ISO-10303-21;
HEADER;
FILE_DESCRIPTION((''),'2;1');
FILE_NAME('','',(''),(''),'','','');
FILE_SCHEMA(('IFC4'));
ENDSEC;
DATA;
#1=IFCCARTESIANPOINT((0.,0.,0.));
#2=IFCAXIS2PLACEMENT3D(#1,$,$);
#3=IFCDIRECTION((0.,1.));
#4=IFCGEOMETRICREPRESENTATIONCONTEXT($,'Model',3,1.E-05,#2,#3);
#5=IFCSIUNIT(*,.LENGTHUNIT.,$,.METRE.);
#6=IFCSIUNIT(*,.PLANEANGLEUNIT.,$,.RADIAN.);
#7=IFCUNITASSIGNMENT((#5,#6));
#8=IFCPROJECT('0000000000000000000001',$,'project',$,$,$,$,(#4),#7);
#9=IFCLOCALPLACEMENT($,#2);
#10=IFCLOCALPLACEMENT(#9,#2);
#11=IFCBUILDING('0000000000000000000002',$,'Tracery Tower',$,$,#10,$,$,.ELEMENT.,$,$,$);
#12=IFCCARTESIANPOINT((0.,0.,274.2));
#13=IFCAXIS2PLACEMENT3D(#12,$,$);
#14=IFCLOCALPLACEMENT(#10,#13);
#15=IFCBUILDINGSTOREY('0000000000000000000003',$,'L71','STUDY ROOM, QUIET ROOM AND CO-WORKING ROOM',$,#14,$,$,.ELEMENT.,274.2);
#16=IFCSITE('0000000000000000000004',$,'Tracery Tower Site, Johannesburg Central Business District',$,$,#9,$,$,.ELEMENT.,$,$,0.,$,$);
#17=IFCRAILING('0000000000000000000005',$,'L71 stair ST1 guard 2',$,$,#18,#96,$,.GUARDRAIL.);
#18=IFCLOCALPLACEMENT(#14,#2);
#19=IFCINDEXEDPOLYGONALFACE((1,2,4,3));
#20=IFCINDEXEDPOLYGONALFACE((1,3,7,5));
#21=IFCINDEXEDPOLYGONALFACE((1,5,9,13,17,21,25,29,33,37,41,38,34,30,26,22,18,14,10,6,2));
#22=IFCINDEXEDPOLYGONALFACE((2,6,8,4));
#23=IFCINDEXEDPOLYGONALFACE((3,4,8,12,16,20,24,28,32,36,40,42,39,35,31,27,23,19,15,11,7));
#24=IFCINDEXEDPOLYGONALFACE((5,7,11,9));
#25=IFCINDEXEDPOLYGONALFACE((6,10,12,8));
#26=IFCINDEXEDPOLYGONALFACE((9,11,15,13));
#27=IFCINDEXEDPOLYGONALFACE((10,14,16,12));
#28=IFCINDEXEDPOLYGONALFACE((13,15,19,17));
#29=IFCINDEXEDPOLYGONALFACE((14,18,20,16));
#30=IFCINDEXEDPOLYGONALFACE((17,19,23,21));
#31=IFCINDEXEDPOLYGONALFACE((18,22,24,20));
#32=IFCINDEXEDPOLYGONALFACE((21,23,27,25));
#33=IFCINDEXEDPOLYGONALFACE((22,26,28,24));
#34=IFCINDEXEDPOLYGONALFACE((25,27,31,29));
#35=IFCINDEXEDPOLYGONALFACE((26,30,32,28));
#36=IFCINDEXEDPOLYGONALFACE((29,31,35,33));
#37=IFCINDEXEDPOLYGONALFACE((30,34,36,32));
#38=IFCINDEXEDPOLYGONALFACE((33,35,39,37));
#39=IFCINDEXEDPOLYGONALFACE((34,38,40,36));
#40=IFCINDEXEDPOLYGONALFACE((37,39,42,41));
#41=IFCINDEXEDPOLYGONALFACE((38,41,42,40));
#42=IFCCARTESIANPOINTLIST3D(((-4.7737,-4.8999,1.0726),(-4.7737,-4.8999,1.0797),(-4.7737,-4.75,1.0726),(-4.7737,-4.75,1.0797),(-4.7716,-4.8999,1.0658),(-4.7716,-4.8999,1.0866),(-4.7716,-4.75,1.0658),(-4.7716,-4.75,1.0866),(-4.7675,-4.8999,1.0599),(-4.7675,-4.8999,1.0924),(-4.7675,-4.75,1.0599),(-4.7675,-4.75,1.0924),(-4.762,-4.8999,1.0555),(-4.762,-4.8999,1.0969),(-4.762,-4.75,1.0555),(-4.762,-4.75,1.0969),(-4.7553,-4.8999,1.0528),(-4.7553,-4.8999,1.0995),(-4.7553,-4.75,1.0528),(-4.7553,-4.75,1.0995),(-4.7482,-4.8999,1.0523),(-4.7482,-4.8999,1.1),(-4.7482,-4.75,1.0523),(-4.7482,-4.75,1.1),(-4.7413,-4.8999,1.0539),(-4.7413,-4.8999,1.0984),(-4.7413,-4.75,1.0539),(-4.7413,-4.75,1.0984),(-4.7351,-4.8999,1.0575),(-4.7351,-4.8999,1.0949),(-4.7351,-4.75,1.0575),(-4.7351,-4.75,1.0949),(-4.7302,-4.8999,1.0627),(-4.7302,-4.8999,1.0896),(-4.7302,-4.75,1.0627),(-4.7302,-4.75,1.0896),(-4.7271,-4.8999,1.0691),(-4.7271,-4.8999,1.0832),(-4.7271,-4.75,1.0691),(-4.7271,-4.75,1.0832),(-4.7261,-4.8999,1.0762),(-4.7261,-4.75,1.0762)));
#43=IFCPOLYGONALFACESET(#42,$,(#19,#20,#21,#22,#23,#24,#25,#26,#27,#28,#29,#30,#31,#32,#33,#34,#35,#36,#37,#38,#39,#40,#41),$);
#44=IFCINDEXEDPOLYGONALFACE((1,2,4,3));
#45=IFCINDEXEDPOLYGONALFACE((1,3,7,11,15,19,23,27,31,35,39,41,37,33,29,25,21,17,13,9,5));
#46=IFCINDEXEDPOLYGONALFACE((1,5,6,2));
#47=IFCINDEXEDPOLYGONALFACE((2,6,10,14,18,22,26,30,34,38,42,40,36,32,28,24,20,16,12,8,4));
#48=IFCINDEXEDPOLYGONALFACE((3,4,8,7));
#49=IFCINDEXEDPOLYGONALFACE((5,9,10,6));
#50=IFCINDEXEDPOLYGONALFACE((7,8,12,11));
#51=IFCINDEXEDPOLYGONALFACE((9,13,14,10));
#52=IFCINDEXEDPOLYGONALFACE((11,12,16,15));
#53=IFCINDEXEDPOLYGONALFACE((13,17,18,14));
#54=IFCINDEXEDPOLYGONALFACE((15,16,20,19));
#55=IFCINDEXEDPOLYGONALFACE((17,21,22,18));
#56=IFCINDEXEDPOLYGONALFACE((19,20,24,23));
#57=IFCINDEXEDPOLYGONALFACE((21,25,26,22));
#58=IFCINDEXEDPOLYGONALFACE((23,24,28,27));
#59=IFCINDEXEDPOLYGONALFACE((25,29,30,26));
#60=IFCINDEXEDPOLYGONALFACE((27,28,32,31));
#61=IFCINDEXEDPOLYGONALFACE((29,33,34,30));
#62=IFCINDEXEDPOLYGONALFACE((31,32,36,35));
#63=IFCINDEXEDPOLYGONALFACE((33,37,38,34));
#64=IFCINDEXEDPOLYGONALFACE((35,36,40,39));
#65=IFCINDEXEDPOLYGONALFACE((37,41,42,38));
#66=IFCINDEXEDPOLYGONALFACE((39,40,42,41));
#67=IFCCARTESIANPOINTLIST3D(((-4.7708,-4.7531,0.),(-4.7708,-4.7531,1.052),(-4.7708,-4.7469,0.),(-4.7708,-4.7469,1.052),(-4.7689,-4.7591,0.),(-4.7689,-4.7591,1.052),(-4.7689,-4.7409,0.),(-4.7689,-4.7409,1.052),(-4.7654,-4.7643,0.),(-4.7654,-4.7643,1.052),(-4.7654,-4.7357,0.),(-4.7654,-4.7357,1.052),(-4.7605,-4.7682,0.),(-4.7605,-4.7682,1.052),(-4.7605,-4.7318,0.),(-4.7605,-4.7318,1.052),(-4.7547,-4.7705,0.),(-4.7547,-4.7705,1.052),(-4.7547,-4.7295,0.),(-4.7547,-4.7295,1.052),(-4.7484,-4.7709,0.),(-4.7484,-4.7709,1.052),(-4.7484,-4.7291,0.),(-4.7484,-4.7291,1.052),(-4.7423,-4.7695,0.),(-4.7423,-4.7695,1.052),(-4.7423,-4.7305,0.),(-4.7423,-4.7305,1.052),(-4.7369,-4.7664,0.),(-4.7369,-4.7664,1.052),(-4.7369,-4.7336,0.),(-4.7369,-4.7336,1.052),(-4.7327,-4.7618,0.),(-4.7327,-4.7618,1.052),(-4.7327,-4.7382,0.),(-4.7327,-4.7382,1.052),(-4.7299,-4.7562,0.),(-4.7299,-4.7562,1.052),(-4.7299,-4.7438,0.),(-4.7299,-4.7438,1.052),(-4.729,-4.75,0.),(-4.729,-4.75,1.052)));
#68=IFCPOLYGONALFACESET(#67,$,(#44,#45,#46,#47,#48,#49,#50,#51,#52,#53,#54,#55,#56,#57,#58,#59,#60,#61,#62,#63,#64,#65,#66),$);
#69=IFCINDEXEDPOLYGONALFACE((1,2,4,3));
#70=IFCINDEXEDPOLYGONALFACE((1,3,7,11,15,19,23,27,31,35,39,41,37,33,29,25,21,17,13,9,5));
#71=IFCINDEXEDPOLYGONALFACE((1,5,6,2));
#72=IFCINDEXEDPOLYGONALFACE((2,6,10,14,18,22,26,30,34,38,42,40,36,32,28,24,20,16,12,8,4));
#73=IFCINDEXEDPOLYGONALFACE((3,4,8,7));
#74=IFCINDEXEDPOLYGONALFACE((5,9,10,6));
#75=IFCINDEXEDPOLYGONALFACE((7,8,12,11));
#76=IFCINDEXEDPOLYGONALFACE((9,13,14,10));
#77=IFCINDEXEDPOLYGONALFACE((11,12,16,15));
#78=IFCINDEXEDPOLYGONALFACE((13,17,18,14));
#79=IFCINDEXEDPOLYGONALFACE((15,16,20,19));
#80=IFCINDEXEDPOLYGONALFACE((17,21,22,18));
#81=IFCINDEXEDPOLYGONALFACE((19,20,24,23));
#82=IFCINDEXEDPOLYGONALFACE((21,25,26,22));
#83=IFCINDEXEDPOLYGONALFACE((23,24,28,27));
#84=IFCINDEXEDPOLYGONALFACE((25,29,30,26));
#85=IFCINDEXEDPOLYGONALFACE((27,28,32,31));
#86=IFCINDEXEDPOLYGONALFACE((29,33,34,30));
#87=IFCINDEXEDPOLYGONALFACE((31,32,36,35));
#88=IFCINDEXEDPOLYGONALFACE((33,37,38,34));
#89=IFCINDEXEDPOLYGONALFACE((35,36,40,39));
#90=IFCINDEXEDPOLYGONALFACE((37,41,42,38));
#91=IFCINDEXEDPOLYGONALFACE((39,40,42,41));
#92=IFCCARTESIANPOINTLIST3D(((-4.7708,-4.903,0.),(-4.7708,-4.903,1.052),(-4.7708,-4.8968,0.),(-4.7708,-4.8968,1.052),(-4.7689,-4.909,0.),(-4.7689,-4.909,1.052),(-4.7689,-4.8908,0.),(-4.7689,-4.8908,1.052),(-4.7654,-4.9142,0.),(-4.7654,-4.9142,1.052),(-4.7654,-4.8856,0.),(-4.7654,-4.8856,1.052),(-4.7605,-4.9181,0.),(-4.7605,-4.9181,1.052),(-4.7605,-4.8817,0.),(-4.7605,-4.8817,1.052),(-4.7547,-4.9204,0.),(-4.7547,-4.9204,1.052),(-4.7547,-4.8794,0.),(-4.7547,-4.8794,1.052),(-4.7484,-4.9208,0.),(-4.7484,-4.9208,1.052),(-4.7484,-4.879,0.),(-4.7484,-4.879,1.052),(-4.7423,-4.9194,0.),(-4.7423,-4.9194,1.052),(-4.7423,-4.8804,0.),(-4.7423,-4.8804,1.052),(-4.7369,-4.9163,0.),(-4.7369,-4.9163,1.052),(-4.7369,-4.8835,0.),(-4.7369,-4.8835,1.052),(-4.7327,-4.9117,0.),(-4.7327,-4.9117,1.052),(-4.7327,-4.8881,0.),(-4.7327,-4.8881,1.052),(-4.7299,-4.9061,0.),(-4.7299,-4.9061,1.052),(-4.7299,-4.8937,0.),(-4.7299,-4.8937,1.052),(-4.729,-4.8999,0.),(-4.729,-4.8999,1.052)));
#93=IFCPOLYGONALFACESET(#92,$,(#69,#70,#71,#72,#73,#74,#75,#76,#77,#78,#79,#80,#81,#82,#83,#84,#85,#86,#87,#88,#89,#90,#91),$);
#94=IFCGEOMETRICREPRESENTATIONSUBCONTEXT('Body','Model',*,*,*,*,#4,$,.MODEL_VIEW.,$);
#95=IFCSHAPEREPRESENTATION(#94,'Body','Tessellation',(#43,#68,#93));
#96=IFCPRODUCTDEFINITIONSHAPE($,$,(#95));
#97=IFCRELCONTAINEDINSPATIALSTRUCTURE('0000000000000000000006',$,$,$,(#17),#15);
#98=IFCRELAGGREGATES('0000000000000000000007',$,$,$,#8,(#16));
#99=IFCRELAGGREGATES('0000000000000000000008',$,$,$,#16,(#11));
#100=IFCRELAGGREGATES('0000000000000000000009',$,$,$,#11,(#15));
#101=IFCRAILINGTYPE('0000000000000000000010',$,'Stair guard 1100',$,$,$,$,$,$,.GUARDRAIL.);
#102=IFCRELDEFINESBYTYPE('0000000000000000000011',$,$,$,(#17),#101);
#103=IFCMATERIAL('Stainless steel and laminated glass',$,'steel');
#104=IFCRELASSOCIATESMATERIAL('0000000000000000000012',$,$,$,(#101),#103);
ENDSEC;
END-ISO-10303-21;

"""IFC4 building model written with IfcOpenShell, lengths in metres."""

from ifc_helpers import new_model, si_unit, direction, frame, origin, origin_2d, place, context, subcontext, project, spatial, circle, extrude, material, type_object, element, save


model = new_model("IFC4")

# Units and contexts
model_context = context("Model", 3, precision=1e-05, world=origin(), true_north=direction((0.0, 1.0)))
body_context = subcontext(model_context, "Body", "Model", "MODEL_VIEW")
ifc_project = project(units=[si_unit("LENGTHUNIT", "METRE"), si_unit("PLANEANGLEUNIT", "RADIAN")], contexts=[model_context])

# Site, building, storey
site_placement = place(None, origin())
site = spatial("IfcSite", under=ifc_project, at=site_placement, Name="Tracery Tower Site, Johannesburg Central Business District", CompositionType="ELEMENT", RefElevation=0.0)
building_placement = place(site_placement, origin())
building = spatial("IfcBuilding", under=site, at=building_placement, Name="Tracery Tower", CompositionType="ELEMENT")
storey_placement = place(building_placement, frame((0.0, 0.0, 274.2)))
storey = spatial("IfcBuildingStorey", under=building, at=storey_placement, Name="L71", Description="STUDY ROOM, QUIET ROOM AND CO-WORKING ROOM", CompositionType="ELEMENT", Elevation=274.2)

# Railing
ifc_material_1 = material(Name="Stainless steel and laminated glass", Category="steel")
railing_type_1 = type_object("IfcRailingType", Name="Stair guard 1100", PredefinedType="GUARDRAIL", material=ifc_material_1)
railing_1_placement = place(storey_placement, frame((-4.75, -4.75, 0.0)))
element("IfcRailing", 1, at=railing_1_placement, inside=storey, type_object=railing_type_1, Name="L71 stair ST1 guard 2", PredefinedType="GUARDRAIL", context=body_context, shape_type="SweptSolid", body=[
    extrude(circle(Radius=0.0239, at=origin_2d()), frame((0.0, 0.0, 1.0762), z_axis=(0.0, -1.0, 0.0), x_axis=(1.0, 0.0, 0.0)), (0.0, 0.0, 1.0), 0.1499),
    extrude(circle(Radius=0.021, at=origin_2d()), origin(), (0.0, 0.0, 1.0), 1.052),
    extrude(circle(Radius=0.021, at=origin_2d()), frame((0.0, -0.1499, 0.0)), (0.0, 0.0, 1.0), 1.052),
])

save(model, "model.ifc")
